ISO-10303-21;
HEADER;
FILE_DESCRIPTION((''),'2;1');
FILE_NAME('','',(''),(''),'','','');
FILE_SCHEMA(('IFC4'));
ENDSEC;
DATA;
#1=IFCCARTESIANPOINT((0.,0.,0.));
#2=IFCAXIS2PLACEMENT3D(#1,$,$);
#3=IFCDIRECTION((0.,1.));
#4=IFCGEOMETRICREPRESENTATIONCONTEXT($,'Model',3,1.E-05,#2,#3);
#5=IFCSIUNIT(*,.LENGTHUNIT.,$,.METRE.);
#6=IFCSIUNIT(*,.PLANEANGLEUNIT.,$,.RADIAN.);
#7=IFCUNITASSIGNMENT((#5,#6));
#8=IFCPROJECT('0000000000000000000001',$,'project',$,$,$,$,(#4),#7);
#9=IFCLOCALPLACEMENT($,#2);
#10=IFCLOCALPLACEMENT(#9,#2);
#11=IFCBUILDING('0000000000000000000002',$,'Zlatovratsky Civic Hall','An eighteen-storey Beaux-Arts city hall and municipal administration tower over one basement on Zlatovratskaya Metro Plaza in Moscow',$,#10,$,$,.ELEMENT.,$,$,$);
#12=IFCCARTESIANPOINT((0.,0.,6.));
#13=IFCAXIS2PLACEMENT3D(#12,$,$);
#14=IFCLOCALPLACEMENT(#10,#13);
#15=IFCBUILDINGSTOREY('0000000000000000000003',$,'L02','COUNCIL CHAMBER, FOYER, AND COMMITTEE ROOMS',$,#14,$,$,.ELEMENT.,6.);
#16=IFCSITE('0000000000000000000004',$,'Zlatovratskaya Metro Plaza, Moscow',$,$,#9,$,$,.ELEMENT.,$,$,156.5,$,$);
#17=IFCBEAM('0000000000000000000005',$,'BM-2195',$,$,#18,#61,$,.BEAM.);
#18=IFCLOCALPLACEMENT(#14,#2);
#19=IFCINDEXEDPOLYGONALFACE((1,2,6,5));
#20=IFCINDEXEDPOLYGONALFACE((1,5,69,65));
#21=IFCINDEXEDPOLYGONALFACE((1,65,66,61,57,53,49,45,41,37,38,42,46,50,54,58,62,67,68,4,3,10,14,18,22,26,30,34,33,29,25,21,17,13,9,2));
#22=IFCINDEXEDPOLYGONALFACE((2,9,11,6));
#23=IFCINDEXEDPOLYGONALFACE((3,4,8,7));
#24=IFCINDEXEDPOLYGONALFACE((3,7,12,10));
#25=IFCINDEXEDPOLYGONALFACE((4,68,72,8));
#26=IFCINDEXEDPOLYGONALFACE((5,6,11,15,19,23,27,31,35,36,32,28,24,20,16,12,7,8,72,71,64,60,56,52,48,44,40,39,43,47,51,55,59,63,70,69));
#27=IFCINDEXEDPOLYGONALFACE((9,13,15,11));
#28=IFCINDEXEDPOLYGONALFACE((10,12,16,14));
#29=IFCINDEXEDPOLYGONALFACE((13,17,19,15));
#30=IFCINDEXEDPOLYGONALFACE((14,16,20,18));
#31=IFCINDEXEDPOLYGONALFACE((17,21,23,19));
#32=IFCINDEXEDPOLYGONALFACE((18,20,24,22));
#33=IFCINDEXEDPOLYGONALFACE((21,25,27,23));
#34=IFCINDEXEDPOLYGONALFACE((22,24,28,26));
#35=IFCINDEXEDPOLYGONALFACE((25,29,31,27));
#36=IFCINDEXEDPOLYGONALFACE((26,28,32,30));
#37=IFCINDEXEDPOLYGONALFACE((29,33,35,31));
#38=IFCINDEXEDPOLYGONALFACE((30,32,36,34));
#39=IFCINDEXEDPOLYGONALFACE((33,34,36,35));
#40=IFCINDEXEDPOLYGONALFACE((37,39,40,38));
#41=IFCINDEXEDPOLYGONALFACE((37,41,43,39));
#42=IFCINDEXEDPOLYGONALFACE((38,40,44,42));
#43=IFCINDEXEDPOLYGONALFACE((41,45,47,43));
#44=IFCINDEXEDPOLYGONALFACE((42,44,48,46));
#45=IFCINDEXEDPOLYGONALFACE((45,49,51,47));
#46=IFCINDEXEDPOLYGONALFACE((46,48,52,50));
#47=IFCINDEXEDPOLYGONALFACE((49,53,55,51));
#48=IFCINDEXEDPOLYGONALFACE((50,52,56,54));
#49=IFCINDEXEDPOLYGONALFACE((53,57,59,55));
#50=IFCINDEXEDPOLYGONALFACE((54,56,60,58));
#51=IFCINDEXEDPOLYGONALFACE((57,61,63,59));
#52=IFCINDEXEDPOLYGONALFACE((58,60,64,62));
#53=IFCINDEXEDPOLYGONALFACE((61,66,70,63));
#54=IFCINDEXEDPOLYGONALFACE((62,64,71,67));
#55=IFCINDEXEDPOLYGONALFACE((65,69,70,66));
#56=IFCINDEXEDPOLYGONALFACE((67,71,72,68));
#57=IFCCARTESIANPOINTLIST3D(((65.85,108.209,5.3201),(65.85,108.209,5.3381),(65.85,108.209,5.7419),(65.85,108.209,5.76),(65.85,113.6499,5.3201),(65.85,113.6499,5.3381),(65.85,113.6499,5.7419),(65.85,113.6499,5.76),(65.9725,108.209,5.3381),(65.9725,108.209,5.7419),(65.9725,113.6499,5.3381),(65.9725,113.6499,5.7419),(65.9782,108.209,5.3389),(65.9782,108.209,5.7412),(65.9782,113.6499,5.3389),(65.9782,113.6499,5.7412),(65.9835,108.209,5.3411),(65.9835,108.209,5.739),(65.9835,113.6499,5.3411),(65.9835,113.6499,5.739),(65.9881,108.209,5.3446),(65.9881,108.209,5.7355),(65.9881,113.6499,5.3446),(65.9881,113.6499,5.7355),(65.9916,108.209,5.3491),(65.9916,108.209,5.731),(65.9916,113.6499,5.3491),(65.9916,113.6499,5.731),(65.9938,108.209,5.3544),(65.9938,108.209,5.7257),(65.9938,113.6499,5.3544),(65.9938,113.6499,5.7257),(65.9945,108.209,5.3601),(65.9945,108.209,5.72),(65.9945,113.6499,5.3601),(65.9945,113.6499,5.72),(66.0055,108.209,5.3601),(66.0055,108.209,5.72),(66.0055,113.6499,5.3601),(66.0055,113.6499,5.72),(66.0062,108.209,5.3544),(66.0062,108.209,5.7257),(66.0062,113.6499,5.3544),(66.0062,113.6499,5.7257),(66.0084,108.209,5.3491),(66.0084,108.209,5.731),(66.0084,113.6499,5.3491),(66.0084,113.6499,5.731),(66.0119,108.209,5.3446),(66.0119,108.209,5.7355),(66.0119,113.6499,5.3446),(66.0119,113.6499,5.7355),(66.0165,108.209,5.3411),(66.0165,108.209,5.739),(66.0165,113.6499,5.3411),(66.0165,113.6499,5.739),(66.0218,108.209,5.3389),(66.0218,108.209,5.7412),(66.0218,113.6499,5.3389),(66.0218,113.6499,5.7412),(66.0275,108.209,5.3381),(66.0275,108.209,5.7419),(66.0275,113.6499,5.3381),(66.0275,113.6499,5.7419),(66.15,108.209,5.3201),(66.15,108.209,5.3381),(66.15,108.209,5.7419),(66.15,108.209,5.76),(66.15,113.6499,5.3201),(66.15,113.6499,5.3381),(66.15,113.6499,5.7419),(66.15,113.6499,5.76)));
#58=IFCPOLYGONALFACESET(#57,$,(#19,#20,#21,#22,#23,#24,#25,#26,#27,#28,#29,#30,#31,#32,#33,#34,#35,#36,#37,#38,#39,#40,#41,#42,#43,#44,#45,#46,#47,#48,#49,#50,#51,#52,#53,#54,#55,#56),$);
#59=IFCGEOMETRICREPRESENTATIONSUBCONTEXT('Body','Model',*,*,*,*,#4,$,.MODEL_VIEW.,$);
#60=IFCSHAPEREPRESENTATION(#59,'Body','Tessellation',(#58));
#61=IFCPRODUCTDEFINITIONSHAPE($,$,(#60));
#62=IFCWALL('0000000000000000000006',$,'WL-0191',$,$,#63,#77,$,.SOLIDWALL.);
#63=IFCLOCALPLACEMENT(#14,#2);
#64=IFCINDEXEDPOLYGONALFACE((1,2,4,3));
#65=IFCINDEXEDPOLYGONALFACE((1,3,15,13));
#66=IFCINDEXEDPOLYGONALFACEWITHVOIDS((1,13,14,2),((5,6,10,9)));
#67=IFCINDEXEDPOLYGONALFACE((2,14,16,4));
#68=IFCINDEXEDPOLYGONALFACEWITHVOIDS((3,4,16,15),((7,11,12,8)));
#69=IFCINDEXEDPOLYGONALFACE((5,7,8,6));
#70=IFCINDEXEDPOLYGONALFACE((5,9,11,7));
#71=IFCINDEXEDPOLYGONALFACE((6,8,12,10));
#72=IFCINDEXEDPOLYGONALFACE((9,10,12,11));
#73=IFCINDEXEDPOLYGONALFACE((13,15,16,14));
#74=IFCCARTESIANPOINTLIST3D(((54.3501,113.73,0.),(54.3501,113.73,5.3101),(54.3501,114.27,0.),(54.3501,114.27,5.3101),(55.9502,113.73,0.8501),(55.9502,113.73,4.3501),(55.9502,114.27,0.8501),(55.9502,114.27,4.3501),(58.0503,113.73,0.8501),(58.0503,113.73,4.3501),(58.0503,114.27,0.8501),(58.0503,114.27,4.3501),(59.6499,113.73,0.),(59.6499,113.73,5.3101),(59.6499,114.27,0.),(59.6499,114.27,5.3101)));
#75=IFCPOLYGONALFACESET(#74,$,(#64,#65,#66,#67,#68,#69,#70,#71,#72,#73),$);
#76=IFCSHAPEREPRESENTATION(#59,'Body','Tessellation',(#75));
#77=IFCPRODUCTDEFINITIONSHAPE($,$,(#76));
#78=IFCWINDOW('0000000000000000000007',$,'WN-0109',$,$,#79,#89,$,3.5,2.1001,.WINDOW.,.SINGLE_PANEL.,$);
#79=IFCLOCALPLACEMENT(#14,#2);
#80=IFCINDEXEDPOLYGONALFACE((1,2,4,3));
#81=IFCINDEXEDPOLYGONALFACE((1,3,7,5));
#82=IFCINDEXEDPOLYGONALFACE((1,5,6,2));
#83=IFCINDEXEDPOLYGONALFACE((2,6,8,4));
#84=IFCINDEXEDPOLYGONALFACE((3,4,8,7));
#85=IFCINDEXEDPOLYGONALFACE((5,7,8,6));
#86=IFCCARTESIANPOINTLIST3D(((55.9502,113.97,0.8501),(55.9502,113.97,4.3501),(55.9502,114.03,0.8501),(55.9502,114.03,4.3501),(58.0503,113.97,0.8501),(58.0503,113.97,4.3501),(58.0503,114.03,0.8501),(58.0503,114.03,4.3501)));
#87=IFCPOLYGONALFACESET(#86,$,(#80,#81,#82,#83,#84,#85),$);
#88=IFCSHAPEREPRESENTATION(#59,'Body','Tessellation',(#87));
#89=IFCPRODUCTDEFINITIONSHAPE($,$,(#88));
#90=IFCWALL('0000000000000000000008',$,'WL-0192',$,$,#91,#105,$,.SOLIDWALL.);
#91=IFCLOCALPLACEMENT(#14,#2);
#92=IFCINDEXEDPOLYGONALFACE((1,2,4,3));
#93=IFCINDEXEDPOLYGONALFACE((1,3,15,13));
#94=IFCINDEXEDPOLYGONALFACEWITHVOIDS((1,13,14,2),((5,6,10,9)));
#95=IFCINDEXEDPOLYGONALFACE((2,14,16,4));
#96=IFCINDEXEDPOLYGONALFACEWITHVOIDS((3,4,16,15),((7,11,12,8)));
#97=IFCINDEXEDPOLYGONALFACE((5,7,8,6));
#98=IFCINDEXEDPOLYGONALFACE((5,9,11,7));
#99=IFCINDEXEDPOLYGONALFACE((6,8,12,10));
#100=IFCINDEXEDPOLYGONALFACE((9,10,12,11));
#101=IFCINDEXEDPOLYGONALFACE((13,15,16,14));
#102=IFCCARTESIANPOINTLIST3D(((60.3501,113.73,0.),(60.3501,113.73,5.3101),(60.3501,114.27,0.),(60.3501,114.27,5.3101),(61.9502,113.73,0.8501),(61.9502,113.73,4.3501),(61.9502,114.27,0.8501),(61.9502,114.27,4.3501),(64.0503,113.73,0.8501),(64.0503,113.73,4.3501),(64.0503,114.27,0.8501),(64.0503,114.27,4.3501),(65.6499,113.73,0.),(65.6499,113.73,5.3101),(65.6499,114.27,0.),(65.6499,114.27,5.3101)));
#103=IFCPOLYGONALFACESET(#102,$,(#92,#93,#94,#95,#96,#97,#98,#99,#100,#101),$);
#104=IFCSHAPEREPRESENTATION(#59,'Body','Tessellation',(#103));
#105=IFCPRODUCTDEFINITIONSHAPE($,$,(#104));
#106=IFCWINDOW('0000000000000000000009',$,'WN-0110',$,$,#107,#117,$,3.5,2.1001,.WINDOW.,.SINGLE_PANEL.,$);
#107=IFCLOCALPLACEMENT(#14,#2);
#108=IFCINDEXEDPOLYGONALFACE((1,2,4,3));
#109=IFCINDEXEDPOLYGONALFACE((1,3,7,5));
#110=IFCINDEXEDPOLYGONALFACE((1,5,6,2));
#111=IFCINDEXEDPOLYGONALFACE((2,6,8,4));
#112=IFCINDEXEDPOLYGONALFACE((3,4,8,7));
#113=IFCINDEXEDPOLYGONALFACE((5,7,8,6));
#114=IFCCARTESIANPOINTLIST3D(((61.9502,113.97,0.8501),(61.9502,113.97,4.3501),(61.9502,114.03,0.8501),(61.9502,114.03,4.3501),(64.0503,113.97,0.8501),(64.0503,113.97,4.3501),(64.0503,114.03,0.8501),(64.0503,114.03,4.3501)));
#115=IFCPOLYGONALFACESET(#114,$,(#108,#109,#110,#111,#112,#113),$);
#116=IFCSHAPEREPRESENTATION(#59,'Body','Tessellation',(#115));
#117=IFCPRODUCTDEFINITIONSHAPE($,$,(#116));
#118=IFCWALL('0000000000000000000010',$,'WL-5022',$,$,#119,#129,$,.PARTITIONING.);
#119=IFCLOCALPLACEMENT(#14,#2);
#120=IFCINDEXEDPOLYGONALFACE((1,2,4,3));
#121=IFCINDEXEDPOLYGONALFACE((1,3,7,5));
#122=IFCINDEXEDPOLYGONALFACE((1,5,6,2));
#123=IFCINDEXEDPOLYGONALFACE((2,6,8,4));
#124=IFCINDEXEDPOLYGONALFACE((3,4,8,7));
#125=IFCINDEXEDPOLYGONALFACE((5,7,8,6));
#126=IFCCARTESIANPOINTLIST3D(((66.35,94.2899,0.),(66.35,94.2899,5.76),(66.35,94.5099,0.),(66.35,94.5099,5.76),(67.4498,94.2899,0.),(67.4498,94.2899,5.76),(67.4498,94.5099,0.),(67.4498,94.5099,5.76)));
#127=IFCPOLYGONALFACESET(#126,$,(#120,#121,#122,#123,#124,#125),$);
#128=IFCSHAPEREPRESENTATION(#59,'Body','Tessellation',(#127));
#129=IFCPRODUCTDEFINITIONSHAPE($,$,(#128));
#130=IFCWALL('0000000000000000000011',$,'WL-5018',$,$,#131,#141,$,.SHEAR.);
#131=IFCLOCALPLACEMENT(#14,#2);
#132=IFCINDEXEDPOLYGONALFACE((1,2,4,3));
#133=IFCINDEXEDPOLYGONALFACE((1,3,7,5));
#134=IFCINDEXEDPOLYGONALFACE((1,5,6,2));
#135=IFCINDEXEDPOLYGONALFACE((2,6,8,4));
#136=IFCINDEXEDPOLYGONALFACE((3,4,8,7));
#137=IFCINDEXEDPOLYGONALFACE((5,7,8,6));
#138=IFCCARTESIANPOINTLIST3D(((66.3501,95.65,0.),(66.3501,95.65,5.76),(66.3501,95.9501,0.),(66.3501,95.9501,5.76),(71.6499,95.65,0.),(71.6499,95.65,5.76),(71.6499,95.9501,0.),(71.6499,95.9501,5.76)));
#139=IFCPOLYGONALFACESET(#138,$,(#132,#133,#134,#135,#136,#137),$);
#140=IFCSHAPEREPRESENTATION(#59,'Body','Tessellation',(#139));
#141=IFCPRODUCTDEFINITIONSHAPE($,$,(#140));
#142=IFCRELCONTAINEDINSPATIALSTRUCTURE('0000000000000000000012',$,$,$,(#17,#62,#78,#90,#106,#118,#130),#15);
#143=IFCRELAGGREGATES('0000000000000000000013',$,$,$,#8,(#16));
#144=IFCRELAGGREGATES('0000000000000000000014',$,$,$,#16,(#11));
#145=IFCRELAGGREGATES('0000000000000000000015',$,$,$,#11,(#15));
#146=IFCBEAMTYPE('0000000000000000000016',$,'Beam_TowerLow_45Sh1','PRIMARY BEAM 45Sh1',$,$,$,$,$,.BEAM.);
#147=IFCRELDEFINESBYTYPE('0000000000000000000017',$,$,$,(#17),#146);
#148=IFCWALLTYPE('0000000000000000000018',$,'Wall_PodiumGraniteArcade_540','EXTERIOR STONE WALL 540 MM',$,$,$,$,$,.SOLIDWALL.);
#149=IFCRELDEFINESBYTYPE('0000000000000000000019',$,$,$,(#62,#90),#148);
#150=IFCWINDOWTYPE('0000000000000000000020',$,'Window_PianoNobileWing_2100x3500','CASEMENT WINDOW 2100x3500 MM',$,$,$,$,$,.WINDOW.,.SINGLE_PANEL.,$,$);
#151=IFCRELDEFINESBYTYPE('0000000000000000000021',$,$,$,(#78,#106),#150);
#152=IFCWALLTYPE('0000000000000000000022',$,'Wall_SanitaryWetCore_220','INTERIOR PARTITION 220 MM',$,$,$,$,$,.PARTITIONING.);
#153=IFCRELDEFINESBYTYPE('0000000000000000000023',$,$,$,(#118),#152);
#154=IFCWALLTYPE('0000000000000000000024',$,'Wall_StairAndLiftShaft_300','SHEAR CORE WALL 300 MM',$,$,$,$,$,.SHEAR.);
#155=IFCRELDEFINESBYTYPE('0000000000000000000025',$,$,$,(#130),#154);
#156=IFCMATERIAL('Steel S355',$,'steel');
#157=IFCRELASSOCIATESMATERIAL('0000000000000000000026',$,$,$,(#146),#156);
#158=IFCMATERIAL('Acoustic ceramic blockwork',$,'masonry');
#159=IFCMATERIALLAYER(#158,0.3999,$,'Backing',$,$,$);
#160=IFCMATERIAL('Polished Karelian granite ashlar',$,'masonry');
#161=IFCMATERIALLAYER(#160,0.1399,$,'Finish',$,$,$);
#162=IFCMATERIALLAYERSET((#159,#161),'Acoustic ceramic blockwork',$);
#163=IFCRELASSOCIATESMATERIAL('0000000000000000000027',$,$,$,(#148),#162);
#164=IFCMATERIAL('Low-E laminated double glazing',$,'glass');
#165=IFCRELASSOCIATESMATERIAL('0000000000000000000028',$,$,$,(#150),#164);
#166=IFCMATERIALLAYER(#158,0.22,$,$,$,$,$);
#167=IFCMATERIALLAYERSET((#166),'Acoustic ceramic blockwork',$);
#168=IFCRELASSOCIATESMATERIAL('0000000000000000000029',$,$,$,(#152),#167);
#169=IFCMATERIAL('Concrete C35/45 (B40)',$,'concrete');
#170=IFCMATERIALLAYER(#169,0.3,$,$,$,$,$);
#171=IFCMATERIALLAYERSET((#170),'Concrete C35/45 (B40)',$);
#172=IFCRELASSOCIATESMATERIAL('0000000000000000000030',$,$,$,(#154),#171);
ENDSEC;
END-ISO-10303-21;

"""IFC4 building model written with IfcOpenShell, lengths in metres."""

from ifc_helpers import new_model, si_unit, direction, frame, frame_2d, origin, origin_2d, place, context, subcontext, project, spatial, rectangle, i_section, extrude, material, layer, layer_set, material_profile, profile_set, type_object, element, fill, save


model = new_model("IFC4")

# Units and contexts
model_context = context("Model", 3, precision=1e-05, world=origin(), true_north=direction((0.0, 1.0)))
body_context = subcontext(model_context, "Body", "Model", "MODEL_VIEW")
ifc_project = project(units=[si_unit("LENGTHUNIT", "METRE"), si_unit("PLANEANGLEUNIT", "RADIAN")], contexts=[model_context])

# Site, building, storey
site_placement = place(None, origin())
site = spatial("IfcSite", under=ifc_project, at=site_placement, Name="Zlatovratskaya Metro Plaza, Moscow", CompositionType="ELEMENT", RefElevation=156.5)
building_placement = place(site_placement, origin())
building = spatial("IfcBuilding", under=site, at=building_placement, Name="Zlatovratsky Civic Hall", Description="An eighteen-storey Beaux-Arts city hall and municipal administration tower over one basement on Zlatovratskaya Metro Plaza in Moscow", CompositionType="ELEMENT")
storey_placement = place(building_placement, frame((0.0, 0.0, 6.0)))
storey = spatial("IfcBuildingStorey", under=building, at=storey_placement, Name="L02", Description="COUNCIL CHAMBER, FOYER, AND COMMITTEE ROOMS", CompositionType="ELEMENT", Elevation=6.0)

# Shared definitions
ifc_material_1 = material(Name="Concrete C35/45 (B40)", Category="concrete")
ifc_material_2 = material(Name="Steel S355", Category="steel")

# Beam
ifc_material_profile_1 = material_profile(ifc_material_2, i_section(OverallWidth=0.3, OverallDepth=0.4399, WebThickness=0.011, FlangeThickness=0.0181, FilletRadius=0.022, at=origin_2d()), Name="45Sh1")
ifc_profile_set_1 = profile_set([ifc_material_profile_1], Name="Steel S355")
beam_type_1 = type_object("IfcBeamType", Name="Beam_TowerLow_45Sh1", Description="PRIMARY BEAM 45Sh1", PredefinedType="BEAM", material=ifc_profile_set_1)
beam_1_placement = place(storey_placement, frame((66.0, 108.209, 5.54), z_axis=(0.0, 1.0, 0.0), x_axis=(-1.0, 0.0, 0.0)))
element("IfcBeam", 1, at=beam_1_placement, inside=storey, type_object=beam_type_1, Name="BM-2195", PredefinedType="BEAM", context=body_context, shape_type="SweptSolid", body=[
    extrude(i_section(OverallWidth=0.3, OverallDepth=0.4399, WebThickness=0.011, FlangeThickness=0.0181, FilletRadius=0.022, at=origin_2d()), origin(), (0.0, 0.0, 1.0), 5.4409),
])

# Walls, openings, windows
ifc_material_3 = material(Name="Acoustic ceramic blockwork", Category="masonry")
ifc_layer_1 = layer(ifc_material_3, 0.3999, Name="Backing")
ifc_material_4 = material(Name="Polished Karelian granite ashlar", Category="masonry")
ifc_layer_2 = layer(ifc_material_4, 0.1399, Name="Finish")
ifc_layer_set_1 = layer_set([ifc_layer_1, ifc_layer_2], Name="Acoustic ceramic blockwork")
wall_type_1 = type_object("IfcWallType", Name="Wall_PodiumGraniteArcade_540", Description="EXTERIOR STONE WALL 540 MM", PredefinedType="SOLIDWALL", material=ifc_layer_set_1)
wall_1_placement = place(storey_placement, frame((54.3501, 114.0, 0.0), z_axis=(0.0, 0.0, 1.0), x_axis=(1.0, 0.0, 0.0)))
wall_1 = element("IfcWall", 2, at=wall_1_placement, inside=storey, type_object=wall_type_1, Name="WL-0191", PredefinedType="SOLIDWALL", context=body_context, shape_type="SweptSolid", body=[
    extrude(rectangle(XDim=5.2998, YDim=0.54, at=frame_2d((2.6499, 0.0))), origin(), (0.0, 0.0, 1.0), 5.3101),
])
opening_1_placement = place(wall_1_placement, frame((1.6001, 0.0, 0.8501)))
opening_1 = element("IfcOpeningElement", 3, at=opening_1_placement, cuts=wall_1, PredefinedType="OPENING", context=body_context, shape_type="SweptSolid", body=[
    extrude(rectangle(XDim=2.1001, YDim=3.5, at=frame_2d((1.05, 1.75))), frame((0.0, 0.2849, 0.0), z_axis=(0.0, -1.0, 0.0), x_axis=(1.0, 0.0, 0.0)), (0.0, 0.0, 1.0), 0.5698),
])
ifc_material_5 = material(Name="Low-E laminated double glazing", Category="glass")
window_type = type_object("IfcWindowType", Name="Window_PianoNobileWing_2100x3500", Description="CASEMENT WINDOW 2100x3500 MM", PartitioningType="SINGLE_PANEL", PredefinedType="WINDOW", material=ifc_material_5)
window_1_placement = place(opening_1_placement, origin())
window_1 = element("IfcWindow", 4, at=window_1_placement, inside=storey, type_object=window_type, Name="WN-0109", OverallHeight=3.5, OverallWidth=2.1001, PartitioningType="SINGLE_PANEL", PredefinedType="WINDOW", context=body_context, shape_type="SweptSolid", body=[
    extrude(rectangle(XDim=2.1001, YDim=3.5, at=frame_2d((1.05, 1.75))), frame((0.0, 0.03, 0.0), z_axis=(0.0, -1.0, 0.0), x_axis=(1.0, 0.0, 0.0)), (0.0, 0.0, 1.0), 0.0601),
])
fill(opening_1, window_1)
wall_2_placement = place(storey_placement, frame((60.3501, 114.0, 0.0), z_axis=(0.0, 0.0, 1.0), x_axis=(1.0, 0.0, 0.0)))
wall_2 = element("IfcWall", 5, at=wall_2_placement, inside=storey, type_object=wall_type_1, Name="WL-0192", PredefinedType="SOLIDWALL", context=body_context, shape_type="SweptSolid", body=[
    extrude(rectangle(XDim=5.2998, YDim=0.54, at=frame_2d((2.6499, 0.0))), origin(), (0.0, 0.0, 1.0), 5.3101),
])
opening_2_placement = place(wall_2_placement, frame((1.6001, 0.0, 0.8501)))
opening_2 = element("IfcOpeningElement", 6, at=opening_2_placement, cuts=wall_2, PredefinedType="OPENING", context=body_context, shape_type="SweptSolid", body=[
    extrude(rectangle(XDim=2.1001, YDim=3.5, at=frame_2d((1.05, 1.75))), frame((0.0, 0.2849, 0.0), z_axis=(0.0, -1.0, 0.0), x_axis=(1.0, 0.0, 0.0)), (0.0, 0.0, 1.0), 0.5698),
])
window_2_placement = place(opening_2_placement, origin())
window_2 = element("IfcWindow", 7, at=window_2_placement, inside=storey, type_object=window_type, Name="WN-0110", OverallHeight=3.5, OverallWidth=2.1001, PartitioningType="SINGLE_PANEL", PredefinedType="WINDOW", context=body_context, shape_type="SweptSolid", body=[
    extrude(rectangle(XDim=2.1001, YDim=3.5, at=frame_2d((1.05, 1.75))), frame((0.0, 0.03, 0.0), z_axis=(0.0, -1.0, 0.0), x_axis=(1.0, 0.0, 0.0)), (0.0, 0.0, 1.0), 0.0601),
])
fill(opening_2, window_2)

# Walls
ifc_layer_3 = layer(ifc_material_3, 0.22)
ifc_layer_set_2 = layer_set([ifc_layer_3], Name="Acoustic ceramic blockwork")
wall_type_2 = type_object("IfcWallType", Name="Wall_SanitaryWetCore_220", Description="INTERIOR PARTITION 220 MM", PredefinedType="PARTITIONING", material=ifc_layer_set_2)
wall_3_placement = place(storey_placement, frame((66.3501, 94.3999, 0.0), z_axis=(0.0, 0.0, 1.0), x_axis=(1.0, 0.0, 0.0)))
element("IfcWall", 8, at=wall_3_placement, inside=storey, type_object=wall_type_2, Name="WL-5022", PredefinedType="PARTITIONING", context=body_context, shape_type="SweptSolid", body=[
    extrude(rectangle(XDim=1.0999, YDim=0.22, at=frame_2d((0.5498, 0.0))), origin(), (0.0, 0.0, 1.0), 5.76),
])
ifc_layer_4 = layer(ifc_material_1, 0.3)
ifc_layer_set_3 = layer_set([ifc_layer_4], Name="Concrete C35/45 (B40)")
wall_type_3 = type_object("IfcWallType", Name="Wall_StairAndLiftShaft_300", Description="SHEAR CORE WALL 300 MM", PredefinedType="SHEAR", material=ifc_layer_set_3)
wall_4_placement = place(storey_placement, frame((66.3501, 95.8, 0.0), z_axis=(0.0, 0.0, 1.0), x_axis=(1.0, 0.0, 0.0)))
element("IfcWall", 9, at=wall_4_placement, inside=storey, type_object=wall_type_3, Name="WL-5018", PredefinedType="SHEAR", context=body_context, shape_type="SweptSolid", body=[
    extrude(rectangle(XDim=5.2998, YDim=0.3, at=frame_2d((2.6499, 0.0))), origin(), (0.0, 0.0, 1.0), 5.76),
])

save(model, "model.ifc")
